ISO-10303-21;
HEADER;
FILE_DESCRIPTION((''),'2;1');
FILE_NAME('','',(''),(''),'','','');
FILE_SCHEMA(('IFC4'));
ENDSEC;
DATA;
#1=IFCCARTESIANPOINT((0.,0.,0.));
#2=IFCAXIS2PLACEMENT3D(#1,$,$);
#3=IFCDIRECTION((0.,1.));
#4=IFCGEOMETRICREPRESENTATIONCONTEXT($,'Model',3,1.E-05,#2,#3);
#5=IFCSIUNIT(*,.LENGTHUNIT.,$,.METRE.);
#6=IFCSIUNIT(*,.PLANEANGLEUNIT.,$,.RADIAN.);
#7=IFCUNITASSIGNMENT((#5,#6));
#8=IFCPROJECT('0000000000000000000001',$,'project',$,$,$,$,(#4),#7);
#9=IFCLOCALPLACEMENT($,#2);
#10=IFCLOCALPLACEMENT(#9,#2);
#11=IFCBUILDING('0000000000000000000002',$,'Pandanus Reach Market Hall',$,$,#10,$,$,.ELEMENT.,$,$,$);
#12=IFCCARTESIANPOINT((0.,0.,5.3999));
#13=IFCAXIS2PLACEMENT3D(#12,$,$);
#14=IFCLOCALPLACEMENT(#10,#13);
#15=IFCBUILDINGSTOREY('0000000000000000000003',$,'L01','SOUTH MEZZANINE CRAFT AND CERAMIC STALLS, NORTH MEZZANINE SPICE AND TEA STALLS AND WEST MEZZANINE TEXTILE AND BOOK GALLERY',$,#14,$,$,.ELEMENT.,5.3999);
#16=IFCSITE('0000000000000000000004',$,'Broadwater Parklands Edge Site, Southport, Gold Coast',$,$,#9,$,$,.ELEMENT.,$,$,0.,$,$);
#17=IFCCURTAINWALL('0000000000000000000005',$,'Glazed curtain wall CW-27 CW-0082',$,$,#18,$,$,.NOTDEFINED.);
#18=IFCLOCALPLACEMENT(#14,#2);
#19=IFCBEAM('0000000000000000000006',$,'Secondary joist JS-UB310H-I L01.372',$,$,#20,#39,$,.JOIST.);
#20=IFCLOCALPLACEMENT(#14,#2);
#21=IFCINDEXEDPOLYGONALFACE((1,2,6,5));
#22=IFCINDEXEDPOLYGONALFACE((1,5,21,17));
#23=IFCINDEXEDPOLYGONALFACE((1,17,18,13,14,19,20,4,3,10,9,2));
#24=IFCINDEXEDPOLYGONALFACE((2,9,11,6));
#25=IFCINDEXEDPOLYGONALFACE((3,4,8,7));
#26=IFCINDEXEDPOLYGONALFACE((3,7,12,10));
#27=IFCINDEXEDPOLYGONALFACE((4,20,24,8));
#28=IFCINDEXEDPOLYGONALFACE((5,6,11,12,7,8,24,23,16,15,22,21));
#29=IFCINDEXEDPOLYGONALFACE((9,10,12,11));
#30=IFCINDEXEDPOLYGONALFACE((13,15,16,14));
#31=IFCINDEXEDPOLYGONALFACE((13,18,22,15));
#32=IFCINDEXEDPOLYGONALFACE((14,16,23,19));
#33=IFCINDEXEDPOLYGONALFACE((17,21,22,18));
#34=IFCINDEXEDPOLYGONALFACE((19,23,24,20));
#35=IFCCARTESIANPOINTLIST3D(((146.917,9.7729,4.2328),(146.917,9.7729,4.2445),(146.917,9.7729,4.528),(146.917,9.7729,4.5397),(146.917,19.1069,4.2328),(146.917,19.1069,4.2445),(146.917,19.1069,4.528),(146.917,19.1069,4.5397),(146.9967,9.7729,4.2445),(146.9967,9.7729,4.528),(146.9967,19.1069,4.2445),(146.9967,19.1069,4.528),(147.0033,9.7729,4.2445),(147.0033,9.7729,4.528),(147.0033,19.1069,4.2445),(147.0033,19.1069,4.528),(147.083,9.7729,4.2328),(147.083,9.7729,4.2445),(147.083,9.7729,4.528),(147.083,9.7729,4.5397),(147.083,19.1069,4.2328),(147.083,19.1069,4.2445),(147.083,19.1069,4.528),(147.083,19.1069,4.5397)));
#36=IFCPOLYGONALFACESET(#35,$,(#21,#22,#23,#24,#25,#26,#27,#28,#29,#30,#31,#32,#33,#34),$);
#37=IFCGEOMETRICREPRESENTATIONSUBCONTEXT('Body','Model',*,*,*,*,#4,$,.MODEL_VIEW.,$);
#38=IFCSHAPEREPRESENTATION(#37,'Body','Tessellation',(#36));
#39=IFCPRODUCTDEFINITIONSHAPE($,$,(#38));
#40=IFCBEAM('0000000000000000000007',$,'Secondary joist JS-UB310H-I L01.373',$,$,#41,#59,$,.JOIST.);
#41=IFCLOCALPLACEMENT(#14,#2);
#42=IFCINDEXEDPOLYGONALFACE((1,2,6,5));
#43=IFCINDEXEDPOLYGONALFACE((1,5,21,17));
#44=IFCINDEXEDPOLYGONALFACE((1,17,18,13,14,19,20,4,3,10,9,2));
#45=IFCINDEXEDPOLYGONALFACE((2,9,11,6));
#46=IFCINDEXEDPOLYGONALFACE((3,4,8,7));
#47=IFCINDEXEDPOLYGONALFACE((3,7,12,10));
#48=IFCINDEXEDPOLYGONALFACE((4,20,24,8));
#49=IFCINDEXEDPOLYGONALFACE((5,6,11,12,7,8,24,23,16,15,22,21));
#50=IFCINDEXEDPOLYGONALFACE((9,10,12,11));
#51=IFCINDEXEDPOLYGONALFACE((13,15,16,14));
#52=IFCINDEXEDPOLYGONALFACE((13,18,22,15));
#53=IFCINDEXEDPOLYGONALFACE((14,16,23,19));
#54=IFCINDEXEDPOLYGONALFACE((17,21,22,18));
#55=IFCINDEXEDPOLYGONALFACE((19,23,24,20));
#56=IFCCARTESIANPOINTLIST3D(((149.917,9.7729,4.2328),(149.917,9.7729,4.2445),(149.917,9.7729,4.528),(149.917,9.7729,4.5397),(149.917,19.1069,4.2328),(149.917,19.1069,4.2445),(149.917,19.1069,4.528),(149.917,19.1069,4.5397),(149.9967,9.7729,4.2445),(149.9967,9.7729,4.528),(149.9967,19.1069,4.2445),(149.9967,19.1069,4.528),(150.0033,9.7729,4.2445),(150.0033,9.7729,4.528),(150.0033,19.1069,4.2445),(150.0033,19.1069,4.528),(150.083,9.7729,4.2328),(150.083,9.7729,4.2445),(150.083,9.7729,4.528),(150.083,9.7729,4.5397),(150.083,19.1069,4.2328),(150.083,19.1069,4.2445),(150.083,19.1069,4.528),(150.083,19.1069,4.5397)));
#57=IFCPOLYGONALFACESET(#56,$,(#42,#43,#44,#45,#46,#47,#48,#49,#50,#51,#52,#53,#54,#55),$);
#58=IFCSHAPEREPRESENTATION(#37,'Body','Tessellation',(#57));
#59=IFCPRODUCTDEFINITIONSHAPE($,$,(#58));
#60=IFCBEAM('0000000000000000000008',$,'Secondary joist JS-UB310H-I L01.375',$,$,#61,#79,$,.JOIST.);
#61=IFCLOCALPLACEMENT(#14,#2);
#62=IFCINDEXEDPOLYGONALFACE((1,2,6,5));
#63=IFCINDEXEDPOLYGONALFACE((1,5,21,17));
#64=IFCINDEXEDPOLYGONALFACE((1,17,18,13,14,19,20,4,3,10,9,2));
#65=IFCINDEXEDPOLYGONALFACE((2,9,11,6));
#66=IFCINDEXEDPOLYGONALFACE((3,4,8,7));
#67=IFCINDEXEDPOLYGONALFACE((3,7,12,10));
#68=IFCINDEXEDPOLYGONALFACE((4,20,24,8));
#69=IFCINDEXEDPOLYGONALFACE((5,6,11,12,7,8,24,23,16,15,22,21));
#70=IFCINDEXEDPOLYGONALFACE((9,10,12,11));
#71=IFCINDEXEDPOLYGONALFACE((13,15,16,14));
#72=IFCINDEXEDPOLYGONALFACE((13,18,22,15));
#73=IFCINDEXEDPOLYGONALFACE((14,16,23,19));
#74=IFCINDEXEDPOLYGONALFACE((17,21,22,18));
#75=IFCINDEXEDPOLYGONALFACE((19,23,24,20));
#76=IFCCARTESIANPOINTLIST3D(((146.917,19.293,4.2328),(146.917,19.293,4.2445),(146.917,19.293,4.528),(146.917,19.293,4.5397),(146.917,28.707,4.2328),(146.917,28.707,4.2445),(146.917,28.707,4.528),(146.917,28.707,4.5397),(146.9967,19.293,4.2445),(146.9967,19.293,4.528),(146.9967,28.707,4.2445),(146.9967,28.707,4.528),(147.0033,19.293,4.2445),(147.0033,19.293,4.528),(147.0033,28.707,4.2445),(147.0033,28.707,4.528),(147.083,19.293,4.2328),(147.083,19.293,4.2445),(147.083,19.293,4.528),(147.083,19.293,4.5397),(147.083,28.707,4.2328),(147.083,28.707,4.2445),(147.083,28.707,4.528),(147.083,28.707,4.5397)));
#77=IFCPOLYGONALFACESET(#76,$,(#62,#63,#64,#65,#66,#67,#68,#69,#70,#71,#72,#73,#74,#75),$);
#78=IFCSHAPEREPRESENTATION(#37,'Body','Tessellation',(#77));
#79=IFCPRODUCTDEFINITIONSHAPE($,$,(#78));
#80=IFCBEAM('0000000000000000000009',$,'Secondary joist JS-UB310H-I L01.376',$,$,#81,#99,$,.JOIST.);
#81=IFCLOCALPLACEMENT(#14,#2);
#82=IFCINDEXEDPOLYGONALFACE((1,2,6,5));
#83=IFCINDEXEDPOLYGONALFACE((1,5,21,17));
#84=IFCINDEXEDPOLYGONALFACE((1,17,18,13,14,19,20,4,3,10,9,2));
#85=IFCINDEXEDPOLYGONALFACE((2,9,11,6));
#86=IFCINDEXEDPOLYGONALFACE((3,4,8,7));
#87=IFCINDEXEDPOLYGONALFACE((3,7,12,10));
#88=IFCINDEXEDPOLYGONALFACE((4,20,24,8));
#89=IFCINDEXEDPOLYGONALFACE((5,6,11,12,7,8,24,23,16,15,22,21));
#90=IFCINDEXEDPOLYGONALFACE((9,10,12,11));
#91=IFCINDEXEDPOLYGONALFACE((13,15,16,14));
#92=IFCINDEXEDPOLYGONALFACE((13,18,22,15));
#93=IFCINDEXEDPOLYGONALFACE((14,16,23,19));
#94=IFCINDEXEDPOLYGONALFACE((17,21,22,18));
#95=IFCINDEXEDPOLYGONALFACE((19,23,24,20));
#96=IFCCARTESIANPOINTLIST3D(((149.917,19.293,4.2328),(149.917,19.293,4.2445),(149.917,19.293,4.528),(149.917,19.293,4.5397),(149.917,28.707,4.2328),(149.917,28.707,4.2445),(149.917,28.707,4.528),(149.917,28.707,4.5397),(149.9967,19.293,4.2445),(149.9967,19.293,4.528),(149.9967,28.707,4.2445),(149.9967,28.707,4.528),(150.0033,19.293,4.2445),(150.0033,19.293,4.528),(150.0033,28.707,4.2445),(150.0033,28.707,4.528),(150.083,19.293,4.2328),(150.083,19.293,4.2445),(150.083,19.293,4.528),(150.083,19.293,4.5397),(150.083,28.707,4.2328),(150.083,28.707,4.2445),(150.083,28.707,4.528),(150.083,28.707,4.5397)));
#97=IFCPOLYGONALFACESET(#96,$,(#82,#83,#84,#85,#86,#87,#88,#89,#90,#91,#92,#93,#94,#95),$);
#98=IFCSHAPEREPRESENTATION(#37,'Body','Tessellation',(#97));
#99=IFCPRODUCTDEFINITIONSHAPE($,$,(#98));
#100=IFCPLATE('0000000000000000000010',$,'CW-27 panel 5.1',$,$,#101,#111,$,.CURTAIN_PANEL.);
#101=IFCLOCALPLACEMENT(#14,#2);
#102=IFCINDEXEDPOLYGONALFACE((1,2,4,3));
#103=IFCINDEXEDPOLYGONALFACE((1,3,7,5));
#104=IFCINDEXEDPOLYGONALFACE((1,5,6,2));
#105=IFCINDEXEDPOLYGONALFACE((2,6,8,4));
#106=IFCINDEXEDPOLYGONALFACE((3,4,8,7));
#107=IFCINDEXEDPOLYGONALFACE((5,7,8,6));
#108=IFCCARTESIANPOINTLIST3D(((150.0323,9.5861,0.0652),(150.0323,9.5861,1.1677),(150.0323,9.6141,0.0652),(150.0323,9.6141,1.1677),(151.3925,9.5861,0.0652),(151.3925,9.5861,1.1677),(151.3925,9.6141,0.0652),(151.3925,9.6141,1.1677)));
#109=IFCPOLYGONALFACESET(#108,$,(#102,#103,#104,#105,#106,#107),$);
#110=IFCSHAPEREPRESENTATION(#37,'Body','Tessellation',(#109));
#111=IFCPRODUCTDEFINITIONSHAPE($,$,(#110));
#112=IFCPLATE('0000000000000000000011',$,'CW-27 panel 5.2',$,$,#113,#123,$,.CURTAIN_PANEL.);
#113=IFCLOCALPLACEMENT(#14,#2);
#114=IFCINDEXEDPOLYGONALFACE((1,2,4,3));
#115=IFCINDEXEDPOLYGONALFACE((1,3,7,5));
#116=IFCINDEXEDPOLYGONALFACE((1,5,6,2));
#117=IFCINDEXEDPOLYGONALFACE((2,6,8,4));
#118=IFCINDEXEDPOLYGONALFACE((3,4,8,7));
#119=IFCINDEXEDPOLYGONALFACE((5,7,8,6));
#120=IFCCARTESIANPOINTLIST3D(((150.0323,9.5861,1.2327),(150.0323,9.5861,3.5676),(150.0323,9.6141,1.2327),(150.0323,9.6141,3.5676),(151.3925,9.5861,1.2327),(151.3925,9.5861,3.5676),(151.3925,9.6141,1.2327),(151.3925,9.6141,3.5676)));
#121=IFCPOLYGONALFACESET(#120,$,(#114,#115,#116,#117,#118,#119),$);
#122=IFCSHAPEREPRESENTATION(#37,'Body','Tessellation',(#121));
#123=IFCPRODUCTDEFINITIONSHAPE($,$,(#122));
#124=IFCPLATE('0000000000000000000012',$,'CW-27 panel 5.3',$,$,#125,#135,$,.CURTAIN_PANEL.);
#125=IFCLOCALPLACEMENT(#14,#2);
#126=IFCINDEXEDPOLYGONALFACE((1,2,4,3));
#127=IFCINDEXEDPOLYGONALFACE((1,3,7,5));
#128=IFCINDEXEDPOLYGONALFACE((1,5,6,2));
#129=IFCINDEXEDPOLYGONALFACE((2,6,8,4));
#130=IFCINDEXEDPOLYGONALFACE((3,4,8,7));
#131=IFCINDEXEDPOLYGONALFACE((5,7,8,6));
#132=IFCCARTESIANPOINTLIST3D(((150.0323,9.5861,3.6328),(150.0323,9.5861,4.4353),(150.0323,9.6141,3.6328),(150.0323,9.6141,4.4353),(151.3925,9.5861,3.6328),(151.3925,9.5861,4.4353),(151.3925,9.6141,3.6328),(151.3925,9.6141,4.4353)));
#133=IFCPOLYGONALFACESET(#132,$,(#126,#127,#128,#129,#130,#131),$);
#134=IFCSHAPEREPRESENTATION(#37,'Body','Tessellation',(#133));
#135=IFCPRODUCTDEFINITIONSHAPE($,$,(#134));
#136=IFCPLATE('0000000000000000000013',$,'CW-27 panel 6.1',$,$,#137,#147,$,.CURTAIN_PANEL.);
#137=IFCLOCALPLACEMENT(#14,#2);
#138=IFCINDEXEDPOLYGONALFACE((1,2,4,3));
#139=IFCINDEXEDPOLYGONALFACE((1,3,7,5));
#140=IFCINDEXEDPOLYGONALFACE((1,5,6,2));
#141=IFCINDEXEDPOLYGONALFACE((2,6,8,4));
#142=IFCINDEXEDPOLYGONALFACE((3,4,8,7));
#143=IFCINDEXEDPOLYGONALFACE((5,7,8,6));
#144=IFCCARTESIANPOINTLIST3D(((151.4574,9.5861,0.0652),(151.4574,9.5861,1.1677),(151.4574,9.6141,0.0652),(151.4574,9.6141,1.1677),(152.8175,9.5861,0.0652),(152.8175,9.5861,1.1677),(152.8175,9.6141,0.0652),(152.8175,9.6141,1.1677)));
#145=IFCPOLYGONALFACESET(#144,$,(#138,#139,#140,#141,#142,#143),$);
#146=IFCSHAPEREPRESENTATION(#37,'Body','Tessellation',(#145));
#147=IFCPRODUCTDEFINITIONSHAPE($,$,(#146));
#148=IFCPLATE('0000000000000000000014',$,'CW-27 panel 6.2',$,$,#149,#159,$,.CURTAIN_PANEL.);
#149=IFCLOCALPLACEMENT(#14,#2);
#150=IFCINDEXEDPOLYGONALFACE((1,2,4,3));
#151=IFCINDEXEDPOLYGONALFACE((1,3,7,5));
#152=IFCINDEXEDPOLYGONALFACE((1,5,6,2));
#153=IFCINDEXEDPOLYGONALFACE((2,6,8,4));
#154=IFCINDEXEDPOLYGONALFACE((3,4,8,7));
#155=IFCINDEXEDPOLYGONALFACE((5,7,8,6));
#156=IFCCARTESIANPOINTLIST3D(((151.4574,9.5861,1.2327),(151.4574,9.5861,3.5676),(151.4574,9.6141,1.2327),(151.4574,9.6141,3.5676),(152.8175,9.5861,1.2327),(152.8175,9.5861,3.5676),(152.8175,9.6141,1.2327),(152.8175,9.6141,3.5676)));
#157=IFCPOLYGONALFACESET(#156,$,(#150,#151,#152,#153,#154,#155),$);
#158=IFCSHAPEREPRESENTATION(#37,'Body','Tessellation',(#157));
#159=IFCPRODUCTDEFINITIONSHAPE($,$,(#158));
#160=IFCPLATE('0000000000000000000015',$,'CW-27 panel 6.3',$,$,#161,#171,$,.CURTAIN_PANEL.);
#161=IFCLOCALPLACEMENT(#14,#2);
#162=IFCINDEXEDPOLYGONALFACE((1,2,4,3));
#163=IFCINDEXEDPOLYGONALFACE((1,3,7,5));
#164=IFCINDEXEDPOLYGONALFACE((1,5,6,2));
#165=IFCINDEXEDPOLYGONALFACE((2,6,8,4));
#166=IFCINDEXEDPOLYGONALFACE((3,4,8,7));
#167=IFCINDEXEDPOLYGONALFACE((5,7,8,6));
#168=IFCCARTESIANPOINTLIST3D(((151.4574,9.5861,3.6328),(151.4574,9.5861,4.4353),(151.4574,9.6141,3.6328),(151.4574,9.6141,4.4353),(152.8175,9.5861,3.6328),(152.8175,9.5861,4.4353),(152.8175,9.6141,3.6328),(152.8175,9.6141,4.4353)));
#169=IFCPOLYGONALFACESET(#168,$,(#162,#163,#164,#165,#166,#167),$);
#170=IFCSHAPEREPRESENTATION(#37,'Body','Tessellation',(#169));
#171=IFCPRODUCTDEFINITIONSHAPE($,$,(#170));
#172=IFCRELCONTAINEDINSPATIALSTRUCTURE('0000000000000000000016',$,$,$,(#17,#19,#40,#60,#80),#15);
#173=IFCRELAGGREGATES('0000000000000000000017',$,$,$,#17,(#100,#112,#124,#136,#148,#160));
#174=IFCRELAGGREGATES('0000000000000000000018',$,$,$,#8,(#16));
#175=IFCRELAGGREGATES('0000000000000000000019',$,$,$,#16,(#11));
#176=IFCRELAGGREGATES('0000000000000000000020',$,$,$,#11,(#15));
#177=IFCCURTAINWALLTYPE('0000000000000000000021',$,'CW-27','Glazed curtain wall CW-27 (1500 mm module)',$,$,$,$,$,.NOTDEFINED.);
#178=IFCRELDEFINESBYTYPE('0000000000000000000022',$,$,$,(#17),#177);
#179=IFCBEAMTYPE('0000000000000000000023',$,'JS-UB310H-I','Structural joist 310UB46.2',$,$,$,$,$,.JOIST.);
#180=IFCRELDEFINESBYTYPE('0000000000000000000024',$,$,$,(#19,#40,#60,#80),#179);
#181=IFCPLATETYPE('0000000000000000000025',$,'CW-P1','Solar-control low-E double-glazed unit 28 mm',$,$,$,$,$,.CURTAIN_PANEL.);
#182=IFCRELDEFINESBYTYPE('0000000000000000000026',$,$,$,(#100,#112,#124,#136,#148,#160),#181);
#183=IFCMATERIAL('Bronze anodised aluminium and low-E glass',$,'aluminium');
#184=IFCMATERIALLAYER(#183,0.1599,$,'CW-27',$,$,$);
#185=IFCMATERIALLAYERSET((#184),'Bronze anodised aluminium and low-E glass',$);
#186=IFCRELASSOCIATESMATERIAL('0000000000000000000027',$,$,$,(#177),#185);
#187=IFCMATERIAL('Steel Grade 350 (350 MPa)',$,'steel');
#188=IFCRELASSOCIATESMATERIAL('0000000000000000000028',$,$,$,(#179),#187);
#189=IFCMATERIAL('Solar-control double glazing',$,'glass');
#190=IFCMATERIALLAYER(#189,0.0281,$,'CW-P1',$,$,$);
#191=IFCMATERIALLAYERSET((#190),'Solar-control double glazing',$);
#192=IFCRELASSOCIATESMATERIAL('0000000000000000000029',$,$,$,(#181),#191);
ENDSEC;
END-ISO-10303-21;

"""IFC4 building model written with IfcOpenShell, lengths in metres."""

from ifc_helpers import new_model, si_unit, direction, frame, origin, origin_2d, place, context, subcontext, project, spatial, rectangle, i_section, extrude, material, layer, layer_set, material_profile, profile_set, type_object, element, aggregate, save


model = new_model("IFC4")

# Units and contexts
model_context = context("Model", 3, precision=1e-05, world=origin(), true_north=direction((0.0, 1.0)))
body_context = subcontext(model_context, "Body", "Model", "MODEL_VIEW")
ifc_project = project(units=[si_unit("LENGTHUNIT", "METRE"), si_unit("PLANEANGLEUNIT", "RADIAN")], contexts=[model_context])

# Site, building, storey
site_placement = place(None, origin())
site = spatial("IfcSite", under=ifc_project, at=site_placement, Name="Broadwater Parklands Edge Site, Southport, Gold Coast", CompositionType="ELEMENT", RefElevation=0.0)
building_placement = place(site_placement, origin())
building = spatial("IfcBuilding", under=site, at=building_placement, Name="Pandanus Reach Market Hall", CompositionType="ELEMENT")
storey_placement = place(building_placement, frame((0.0, 0.0, 5.3999)))
storey = spatial("IfcBuildingStorey", under=building, at=storey_placement, Name="L01", Description="SOUTH MEZZANINE CRAFT AND CERAMIC STALLS, NORTH MEZZANINE SPICE AND TEA STALLS AND WEST MEZZANINE TEXTILE AND BOOK GALLERY", CompositionType="ELEMENT", Elevation=5.3999)

# Shared definitions
ifc_material_1 = material(Name="Steel Grade 350 (350 MPa)", Category="steel")

# Curtain wall
ifc_material_2 = material(Name="Bronze anodised aluminium and low-E glass", Category="aluminium")
ifc_layer_1 = layer(ifc_material_2, 0.1599, Name="CW-27")
ifc_layer_set_1 = layer_set([ifc_layer_1], Name="Bronze anodised aluminium and low-E glass")
curtain_wall_type = type_object("IfcCurtainWallType", Name="CW-27", Description="Glazed curtain wall CW-27 (1500 mm module)", PredefinedType="NOTDEFINED", material=ifc_layer_set_1)
curtain_wall_placement = place(storey_placement, origin())
curtain_wall = element("IfcCurtainWall", 1, at=curtain_wall_placement, inside=storey, type_object=curtain_wall_type, Name="Glazed curtain wall CW-27 CW-0082", PredefinedType="NOTDEFINED")

# Beams
ifc_material_profile_1 = material_profile(ifc_material_1, i_section(OverallWidth=0.166, OverallDepth=0.3069, WebThickness=0.0066, FlangeThickness=0.0117, at=origin_2d()), Name="310UB46.2", Category="LoadBearing")
ifc_profile_set_1 = profile_set([ifc_material_profile_1], Name="Steel Grade 350 (350 MPa)")
beam_type_1 = type_object("IfcBeamType", Name="JS-UB310H-I", Description="Structural joist 310UB46.2", PredefinedType="JOIST", material=ifc_profile_set_1)
for number, where, z_axis, x_axis, name in (
    (2, (147.0, 9.7729, 4.3862), (0.0, 1.0, 0.0), (-1.0, 0.0, 0.0), "Secondary joist JS-UB310H-I L01.372"),
    (3, (150.0, 9.7729, 4.3862), (0.0, 1.0, 0.0), (-1.0, 0.0, 0.0), "Secondary joist JS-UB310H-I L01.373"),
):
    element("IfcBeam", number, at=place(storey_placement, frame(where, z_axis=z_axis, x_axis=x_axis)), inside=storey, type_object=beam_type_1, Name=name, PredefinedType="JOIST", context=body_context, shape_type="SweptSolid", body=[
        extrude(i_section(OverallWidth=0.166, OverallDepth=0.3069, WebThickness=0.0066, FlangeThickness=0.0117, at=origin_2d()), origin(), (0.0, 0.0, 1.0), 9.334),
    ])
for number, where, z_axis, x_axis, name in (
    (4, (147.0, 19.293, 4.3862), (0.0, 1.0, 0.0), (-1.0, 0.0, 0.0), "Secondary joist JS-UB310H-I L01.375"),
    (5, (150.0, 19.293, 4.3862), (0.0, 1.0, 0.0), (-1.0, 0.0, 0.0), "Secondary joist JS-UB310H-I L01.376"),
):
    element("IfcBeam", number, at=place(storey_placement, frame(where, z_axis=z_axis, x_axis=x_axis)), inside=storey, type_object=beam_type_1, Name=name, PredefinedType="JOIST", context=body_context, shape_type="SweptSolid", body=[
        extrude(i_section(OverallWidth=0.166, OverallDepth=0.3069, WebThickness=0.0066, FlangeThickness=0.0117, at=origin_2d()), origin(), (0.0, 0.0, 1.0), 9.4141),
    ])

# Plates
ifc_material_3 = material(Name="Solar-control double glazing", Category="glass")
ifc_layer_2 = layer(ifc_material_3, 0.0281, Name="CW-P1")
ifc_layer_set_2 = layer_set([ifc_layer_2], Name="Solar-control double glazing")
plate_type = type_object("IfcPlateType", Name="CW-P1", Description="Solar-control low-E double-glazed unit 28 mm", PredefinedType="CURTAIN_PANEL", material=ifc_layer_set_2)
plate_1_placement = place(storey_placement, frame((150.7124, 9.6001, 0.0652), z_axis=(0.0, 0.0, 1.0), x_axis=(1.0, 0.0, 0.0)))
plate_1 = element("IfcPlate", 6, at=plate_1_placement, type_object=plate_type, Name="CW-27 panel 5.1", PredefinedType="CURTAIN_PANEL", context=body_context, shape_type="SweptSolid", body=[
    extrude(rectangle(XDim=1.3601, YDim=0.0281, at=origin_2d()), origin(), (0.0, 0.0, 1.0), 1.1025),
])
plate_2_placement = place(storey_placement, frame((150.7124, 9.6001, 1.2327), z_axis=(0.0, 0.0, 1.0), x_axis=(1.0, 0.0, 0.0)))
plate_2 = element("IfcPlate", 7, at=plate_2_placement, type_object=plate_type, Name="CW-27 panel 5.2", PredefinedType="CURTAIN_PANEL", context=body_context, shape_type="SweptSolid", body=[
    extrude(rectangle(XDim=1.3601, YDim=0.0281, at=origin_2d()), origin(), (0.0, 0.0, 1.0), 2.335),
])
plate_3_placement = place(storey_placement, frame((150.7124, 9.6001, 3.6328), z_axis=(0.0, 0.0, 1.0), x_axis=(1.0, 0.0, 0.0)))
plate_3 = element("IfcPlate", 8, at=plate_3_placement, type_object=plate_type, Name="CW-27 panel 5.3", PredefinedType="CURTAIN_PANEL", context=body_context, shape_type="SweptSolid", body=[
    extrude(rectangle(XDim=1.3601, YDim=0.0281, at=origin_2d()), origin(), (0.0, 0.0, 1.0), 0.8025),
])
plate_4_placement = place(storey_placement, frame((152.1375, 9.6001, 0.0652), z_axis=(0.0, 0.0, 1.0), x_axis=(1.0, 0.0, 0.0)))
plate_4 = element("IfcPlate", 9, at=plate_4_placement, type_object=plate_type, Name="CW-27 panel 6.1", PredefinedType="CURTAIN_PANEL", context=body_context, shape_type="SweptSolid", body=[
    extrude(rectangle(XDim=1.3601, YDim=0.0281, at=origin_2d()), origin(), (0.0, 0.0, 1.0), 1.1025),
])
plate_5_placement = place(storey_placement, frame((152.1375, 9.6001, 1.2327), z_axis=(0.0, 0.0, 1.0), x_axis=(1.0, 0.0, 0.0)))
plate_5 = element("IfcPlate", 10, at=plate_5_placement, type_object=plate_type, Name="CW-27 panel 6.2", PredefinedType="CURTAIN_PANEL", context=body_context, shape_type="SweptSolid", body=[
    extrude(rectangle(XDim=1.3601, YDim=0.0281, at=origin_2d()), origin(), (0.0, 0.0, 1.0), 2.335),
])
plate_6_placement = place(storey_placement, frame((152.1375, 9.6001, 3.6328), z_axis=(0.0, 0.0, 1.0), x_axis=(1.0, 0.0, 0.0)))
plate_6 = element("IfcPlate", 11, at=plate_6_placement, type_object=plate_type, Name="CW-27 panel 6.3", PredefinedType="CURTAIN_PANEL", context=body_context, shape_type="SweptSolid", body=[
    extrude(rectangle(XDim=1.3601, YDim=0.0281, at=origin_2d()), origin(), (0.0, 0.0, 1.0), 0.8025),
])
aggregate(curtain_wall, [plate_1, plate_2, plate_3, plate_4, plate_5, plate_6])

save(model, "model.ifc")
